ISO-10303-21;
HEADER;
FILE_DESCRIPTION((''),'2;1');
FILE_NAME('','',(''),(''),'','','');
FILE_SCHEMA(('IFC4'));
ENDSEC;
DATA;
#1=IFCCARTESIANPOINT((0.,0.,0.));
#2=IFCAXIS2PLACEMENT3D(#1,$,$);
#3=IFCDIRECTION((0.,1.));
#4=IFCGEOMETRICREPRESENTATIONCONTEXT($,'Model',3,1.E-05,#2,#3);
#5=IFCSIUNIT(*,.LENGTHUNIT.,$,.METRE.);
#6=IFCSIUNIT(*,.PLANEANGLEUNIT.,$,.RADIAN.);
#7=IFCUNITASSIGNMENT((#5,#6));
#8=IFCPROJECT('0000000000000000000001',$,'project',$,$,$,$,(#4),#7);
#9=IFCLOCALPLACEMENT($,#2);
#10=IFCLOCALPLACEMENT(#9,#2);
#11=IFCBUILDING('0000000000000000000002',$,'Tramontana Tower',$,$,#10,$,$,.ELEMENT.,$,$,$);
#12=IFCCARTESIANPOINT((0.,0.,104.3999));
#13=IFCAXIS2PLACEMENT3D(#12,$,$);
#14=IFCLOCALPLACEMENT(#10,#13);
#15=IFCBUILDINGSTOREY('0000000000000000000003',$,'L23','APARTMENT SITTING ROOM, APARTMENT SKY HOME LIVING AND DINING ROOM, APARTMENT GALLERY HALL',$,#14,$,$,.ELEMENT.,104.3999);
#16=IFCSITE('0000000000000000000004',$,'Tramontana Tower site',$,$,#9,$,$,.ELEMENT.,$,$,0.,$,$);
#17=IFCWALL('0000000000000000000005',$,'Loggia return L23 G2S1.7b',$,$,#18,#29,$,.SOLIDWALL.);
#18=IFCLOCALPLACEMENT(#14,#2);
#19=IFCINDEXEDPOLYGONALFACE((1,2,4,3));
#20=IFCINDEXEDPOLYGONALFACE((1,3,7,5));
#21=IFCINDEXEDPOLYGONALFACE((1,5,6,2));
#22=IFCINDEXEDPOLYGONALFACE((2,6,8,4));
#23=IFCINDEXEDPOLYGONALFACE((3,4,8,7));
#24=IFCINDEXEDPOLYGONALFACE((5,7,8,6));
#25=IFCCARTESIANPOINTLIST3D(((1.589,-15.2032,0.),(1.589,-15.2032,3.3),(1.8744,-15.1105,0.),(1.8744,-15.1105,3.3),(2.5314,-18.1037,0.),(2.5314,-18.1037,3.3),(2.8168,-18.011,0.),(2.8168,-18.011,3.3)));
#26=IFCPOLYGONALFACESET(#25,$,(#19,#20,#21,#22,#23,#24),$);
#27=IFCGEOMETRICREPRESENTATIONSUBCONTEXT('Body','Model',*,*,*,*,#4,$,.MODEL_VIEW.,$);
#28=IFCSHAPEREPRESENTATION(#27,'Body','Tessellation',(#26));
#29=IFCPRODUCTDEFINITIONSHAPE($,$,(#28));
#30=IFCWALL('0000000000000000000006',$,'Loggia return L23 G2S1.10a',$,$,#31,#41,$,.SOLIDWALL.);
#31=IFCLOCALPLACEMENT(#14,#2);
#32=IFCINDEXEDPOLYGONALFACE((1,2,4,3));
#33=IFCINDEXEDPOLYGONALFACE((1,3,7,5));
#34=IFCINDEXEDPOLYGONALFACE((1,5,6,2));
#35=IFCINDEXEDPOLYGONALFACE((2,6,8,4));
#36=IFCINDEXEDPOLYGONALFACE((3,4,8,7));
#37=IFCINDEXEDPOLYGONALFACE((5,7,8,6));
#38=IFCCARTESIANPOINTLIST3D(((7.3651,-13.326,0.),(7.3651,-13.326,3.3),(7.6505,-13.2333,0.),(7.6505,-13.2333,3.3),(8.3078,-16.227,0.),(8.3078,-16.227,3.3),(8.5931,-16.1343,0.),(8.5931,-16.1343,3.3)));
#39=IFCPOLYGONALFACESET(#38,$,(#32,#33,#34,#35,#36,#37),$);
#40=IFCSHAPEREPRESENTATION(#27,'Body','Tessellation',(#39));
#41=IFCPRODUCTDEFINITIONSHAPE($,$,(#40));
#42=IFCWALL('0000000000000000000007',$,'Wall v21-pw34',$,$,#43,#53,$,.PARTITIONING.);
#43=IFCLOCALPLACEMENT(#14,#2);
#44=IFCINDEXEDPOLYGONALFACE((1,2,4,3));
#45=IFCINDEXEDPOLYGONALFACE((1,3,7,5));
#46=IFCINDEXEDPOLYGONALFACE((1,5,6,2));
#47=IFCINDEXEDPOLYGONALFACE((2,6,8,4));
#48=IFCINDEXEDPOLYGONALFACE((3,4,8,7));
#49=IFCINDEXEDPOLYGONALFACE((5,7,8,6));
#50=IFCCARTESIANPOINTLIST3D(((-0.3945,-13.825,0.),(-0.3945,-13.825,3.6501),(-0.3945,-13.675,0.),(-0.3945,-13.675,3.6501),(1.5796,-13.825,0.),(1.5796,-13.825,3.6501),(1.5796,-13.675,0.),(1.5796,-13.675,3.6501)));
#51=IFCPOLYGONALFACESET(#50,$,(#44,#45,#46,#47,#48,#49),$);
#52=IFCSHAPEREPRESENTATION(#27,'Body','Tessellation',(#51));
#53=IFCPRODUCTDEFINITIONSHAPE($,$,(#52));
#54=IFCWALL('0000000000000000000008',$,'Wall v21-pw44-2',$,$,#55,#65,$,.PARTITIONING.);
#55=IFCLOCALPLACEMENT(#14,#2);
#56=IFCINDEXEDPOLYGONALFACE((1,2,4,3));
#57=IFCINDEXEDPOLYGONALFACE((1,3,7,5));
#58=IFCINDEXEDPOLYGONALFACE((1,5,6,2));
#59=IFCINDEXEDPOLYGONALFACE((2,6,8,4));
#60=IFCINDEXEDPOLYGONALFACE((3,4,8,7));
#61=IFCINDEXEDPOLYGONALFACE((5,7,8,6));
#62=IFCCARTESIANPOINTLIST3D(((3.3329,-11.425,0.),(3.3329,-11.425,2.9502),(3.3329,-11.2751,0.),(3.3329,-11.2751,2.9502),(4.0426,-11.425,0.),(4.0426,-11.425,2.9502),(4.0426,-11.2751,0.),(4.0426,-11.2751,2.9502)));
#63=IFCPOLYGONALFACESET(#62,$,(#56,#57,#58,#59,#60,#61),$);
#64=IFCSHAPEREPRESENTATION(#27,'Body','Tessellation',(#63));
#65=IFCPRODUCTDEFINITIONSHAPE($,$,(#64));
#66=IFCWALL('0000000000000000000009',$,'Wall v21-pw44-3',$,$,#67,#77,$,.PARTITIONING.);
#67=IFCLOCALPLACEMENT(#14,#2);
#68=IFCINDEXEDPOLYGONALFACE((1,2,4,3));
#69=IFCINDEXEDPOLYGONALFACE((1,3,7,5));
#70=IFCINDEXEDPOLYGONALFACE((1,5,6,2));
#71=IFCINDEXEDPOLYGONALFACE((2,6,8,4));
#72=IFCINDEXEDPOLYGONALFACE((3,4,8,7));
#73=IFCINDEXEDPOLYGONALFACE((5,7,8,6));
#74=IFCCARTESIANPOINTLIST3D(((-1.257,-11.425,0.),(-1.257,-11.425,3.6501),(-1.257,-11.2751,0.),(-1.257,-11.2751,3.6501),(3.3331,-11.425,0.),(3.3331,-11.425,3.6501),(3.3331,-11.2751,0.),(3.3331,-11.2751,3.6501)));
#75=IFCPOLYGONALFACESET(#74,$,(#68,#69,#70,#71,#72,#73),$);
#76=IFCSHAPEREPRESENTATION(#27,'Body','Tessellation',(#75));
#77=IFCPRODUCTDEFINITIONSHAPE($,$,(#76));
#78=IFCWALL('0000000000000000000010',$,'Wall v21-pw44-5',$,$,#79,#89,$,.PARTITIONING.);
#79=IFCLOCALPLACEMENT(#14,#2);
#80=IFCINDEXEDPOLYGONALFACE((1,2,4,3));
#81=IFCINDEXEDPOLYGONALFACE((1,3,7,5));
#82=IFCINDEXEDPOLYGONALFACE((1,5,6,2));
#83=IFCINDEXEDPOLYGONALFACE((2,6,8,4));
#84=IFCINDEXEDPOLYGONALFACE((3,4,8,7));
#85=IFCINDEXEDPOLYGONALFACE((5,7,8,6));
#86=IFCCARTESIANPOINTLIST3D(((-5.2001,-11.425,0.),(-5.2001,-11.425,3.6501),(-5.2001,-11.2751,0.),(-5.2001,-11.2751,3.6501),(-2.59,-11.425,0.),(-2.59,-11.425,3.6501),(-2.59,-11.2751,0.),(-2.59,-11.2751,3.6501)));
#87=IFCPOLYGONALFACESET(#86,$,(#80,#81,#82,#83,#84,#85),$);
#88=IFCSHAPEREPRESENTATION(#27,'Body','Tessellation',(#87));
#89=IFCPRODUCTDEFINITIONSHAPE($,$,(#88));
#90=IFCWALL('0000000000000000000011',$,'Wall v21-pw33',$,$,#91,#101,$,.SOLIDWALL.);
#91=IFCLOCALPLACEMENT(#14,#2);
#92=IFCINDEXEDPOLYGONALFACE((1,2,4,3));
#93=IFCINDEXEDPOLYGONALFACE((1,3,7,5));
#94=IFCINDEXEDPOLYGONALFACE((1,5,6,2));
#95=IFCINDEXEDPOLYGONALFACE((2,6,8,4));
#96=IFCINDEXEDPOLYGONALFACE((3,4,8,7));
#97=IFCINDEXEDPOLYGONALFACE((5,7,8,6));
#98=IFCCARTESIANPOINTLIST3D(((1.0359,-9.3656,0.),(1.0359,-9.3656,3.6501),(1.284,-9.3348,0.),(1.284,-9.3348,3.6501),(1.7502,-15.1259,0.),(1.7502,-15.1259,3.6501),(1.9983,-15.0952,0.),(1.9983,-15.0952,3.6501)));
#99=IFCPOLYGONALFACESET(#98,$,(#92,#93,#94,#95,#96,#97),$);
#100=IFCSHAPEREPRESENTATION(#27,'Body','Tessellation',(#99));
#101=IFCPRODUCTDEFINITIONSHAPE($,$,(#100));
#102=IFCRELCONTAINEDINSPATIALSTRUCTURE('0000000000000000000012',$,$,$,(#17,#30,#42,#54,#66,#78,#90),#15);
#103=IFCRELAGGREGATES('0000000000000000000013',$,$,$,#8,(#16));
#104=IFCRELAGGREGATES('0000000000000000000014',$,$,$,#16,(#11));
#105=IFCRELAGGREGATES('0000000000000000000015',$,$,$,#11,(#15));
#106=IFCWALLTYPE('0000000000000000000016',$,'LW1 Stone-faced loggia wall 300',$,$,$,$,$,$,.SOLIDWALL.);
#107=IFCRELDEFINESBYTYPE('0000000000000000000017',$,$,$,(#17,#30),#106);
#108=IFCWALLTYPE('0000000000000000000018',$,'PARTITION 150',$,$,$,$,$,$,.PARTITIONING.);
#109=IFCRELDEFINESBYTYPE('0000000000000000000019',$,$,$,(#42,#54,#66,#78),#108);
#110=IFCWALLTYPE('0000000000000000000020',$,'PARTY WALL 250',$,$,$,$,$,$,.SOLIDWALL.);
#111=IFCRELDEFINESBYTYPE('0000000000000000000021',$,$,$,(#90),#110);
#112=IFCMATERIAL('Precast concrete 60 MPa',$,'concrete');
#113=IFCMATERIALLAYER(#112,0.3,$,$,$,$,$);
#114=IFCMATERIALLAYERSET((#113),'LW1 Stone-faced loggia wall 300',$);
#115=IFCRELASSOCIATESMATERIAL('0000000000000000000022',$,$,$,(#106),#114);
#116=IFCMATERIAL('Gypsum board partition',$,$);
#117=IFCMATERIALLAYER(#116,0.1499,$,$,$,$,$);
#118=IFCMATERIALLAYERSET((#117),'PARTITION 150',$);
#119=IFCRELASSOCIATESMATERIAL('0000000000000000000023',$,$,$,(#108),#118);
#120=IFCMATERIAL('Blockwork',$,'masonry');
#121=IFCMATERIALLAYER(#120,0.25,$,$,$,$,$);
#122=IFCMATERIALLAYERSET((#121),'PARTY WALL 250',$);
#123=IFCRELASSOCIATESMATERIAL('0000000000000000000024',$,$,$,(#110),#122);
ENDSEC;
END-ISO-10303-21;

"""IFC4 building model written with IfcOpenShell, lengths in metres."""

from ifc_helpers import new_model, si_unit, direction, frame, frame_2d, origin, place, context, subcontext, project, spatial, rectangle, extrude, material, layer, layer_set, type_object, element, save


model = new_model("IFC4")

# Units and contexts
model_context = context("Model", 3, precision=1e-05, world=origin(), true_north=direction((0.0, 1.0)))
body_context = subcontext(model_context, "Body", "Model", "MODEL_VIEW")
ifc_project = project(units=[si_unit("LENGTHUNIT", "METRE"), si_unit("PLANEANGLEUNIT", "RADIAN")], contexts=[model_context])

# Site, building, storey
site_placement = place(None, origin())
site = spatial("IfcSite", under=ifc_project, at=site_placement, Name="Tramontana Tower site", CompositionType="ELEMENT", RefElevation=0.0)
building_placement = place(site_placement, origin())
building = spatial("IfcBuilding", under=site, at=building_placement, Name="Tramontana Tower", CompositionType="ELEMENT")
storey_placement = place(building_placement, frame((0.0, 0.0, 104.3999)))
storey = spatial("IfcBuildingStorey", under=building, at=storey_placement, Name="L23", Description="APARTMENT SITTING ROOM, APARTMENT SKY HOME LIVING AND DINING ROOM, APARTMENT GALLERY HALL", CompositionType="ELEMENT", Elevation=104.3999)

# Shared definitions
ifc_material_1 = material(Name="Precast concrete 60 MPa", Category="concrete")
ifc_layer_1 = layer(ifc_material_1, 0.3)
ifc_layer_set_1 = layer_set([ifc_layer_1], Name="LW1 Stone-faced loggia wall 300")
wall_type_1 = type_object("IfcWallType", Name="LW1 Stone-faced loggia wall 300", PredefinedType="SOLIDWALL", material=ifc_layer_set_1)

# Wall
wall_1_placement = place(storey_placement, frame((2.6741, -18.0574, 0.0), z_axis=(0.0, 0.0, 1.0), x_axis=(-0.30899, 0.951065, 0.0)))
element("IfcWall", 1, at=wall_1_placement, inside=storey, type_object=wall_type_1, Name="Loggia return L23 G2S1.7b", PredefinedType="SOLIDWALL", context=body_context, shape_type="SweptSolid", body=[
    extrude(rectangle(XDim=3.0498, YDim=0.3, at=frame_2d((1.5249, 0.0))), origin(), (0.0, 0.0, 1.0), 3.3),
])

# Wall
wall_2_placement = place(storey_placement, frame((8.4504, -16.1807, 0.0), z_axis=(0.0, 0.0, 1.0), x_axis=(-0.309039, 0.951049, 0.0)))
element("IfcWall", 2, at=wall_2_placement, inside=storey, type_object=wall_type_1, Name="Loggia return L23 G2S1.10a", PredefinedType="SOLIDWALL", context=body_context, shape_type="SweptSolid", body=[
    extrude(rectangle(XDim=3.0503, YDim=0.3, at=frame_2d((1.5251, 0.0))), origin(), (0.0, 0.0, 1.0), 3.3),
])

# Shared definitions
ifc_material_2 = material(Name="Gypsum board partition")
ifc_layer_2 = layer(ifc_material_2, 0.1499)
ifc_layer_set_2 = layer_set([ifc_layer_2], Name="PARTITION 150")
wall_type_2 = type_object("IfcWallType", Name="PARTITION 150", PredefinedType="PARTITIONING", material=ifc_layer_set_2)

# Walls
wall_3_placement = place(storey_placement, frame((1.5796, -13.75, 0.0), z_axis=(0.0, 0.0, 1.0), x_axis=(-1.0, 0.0, 0.0)))
element("IfcWall", 3, at=wall_3_placement, inside=storey, type_object=wall_type_2, Name="Wall v21-pw34", PredefinedType="PARTITIONING", context=body_context, shape_type="SweptSolid", body=[
    extrude(rectangle(XDim=1.9741, YDim=0.1499, at=frame_2d((0.9871, 0.0))), origin(), (0.0, 0.0, 1.0), 3.6501),
])
wall_4_placement = place(storey_placement, frame((4.0427, -11.3501, 0.0), z_axis=(0.0, 0.0, 1.0), x_axis=(-1.0, 0.0, 0.0)))
element("IfcWall", 4, at=wall_4_placement, inside=storey, type_object=wall_type_2, Name="Wall v21-pw44-2", PredefinedType="PARTITIONING", context=body_context, shape_type="SweptSolid", body=[
    extrude(rectangle(XDim=0.7097, YDim=0.1499, at=frame_2d((0.355, 0.0))), origin(), (0.0, 0.0, 1.0), 2.9502),
])
wall_5_placement = place(storey_placement, frame((3.333, -11.3501, 0.0), z_axis=(0.0, 0.0, 1.0), x_axis=(-1.0, 0.0, 0.0)))
element("IfcWall", 5, at=wall_5_placement, inside=storey, type_object=wall_type_2, Name="Wall v21-pw44-3", PredefinedType="PARTITIONING", context=body_context, shape_type="SweptSolid", body=[
    extrude(rectangle(XDim=4.5901, YDim=0.1499, at=frame_2d((2.2949, 0.0))), origin(), (0.0, 0.0, 1.0), 3.6501),
])

# Walls
wall_6_placement = place(storey_placement, frame((-2.5898, -11.3501, 0.0), z_axis=(0.0, 0.0, 1.0), x_axis=(-1.0, 0.0, 0.0)))
element("IfcWall", 6, at=wall_6_placement, inside=storey, type_object=wall_type_2, Name="Wall v21-pw44-5", PredefinedType="PARTITIONING", context=body_context, shape_type="SweptSolid", body=[
    extrude(rectangle(XDim=2.6101, YDim=0.1499, at=frame_2d((1.3052, 0.0))), origin(), (0.0, 0.0, 1.0), 3.6501),
])
ifc_material_3 = material(Name="Blockwork", Category="masonry")
ifc_layer_3 = layer(ifc_material_3, 0.25)
ifc_layer_set_3 = layer_set([ifc_layer_3], Name="PARTY WALL 250")
wall_type_3 = type_object("IfcWallType", Name="PARTY WALL 250", PredefinedType="SOLIDWALL", material=ifc_layer_set_3)
wall_7_placement = place(storey_placement, frame((1.1599, -9.3501, 0.0), z_axis=(0.0, 0.0, 1.0), x_axis=(0.123072, -0.992398, 0.0)))
element("IfcWall", 7, at=wall_7_placement, inside=storey, type_object=wall_type_3, Name="Wall v21-pw33", PredefinedType="SOLIDWALL", context=body_context, shape_type="SweptSolid", body=[
    extrude(rectangle(XDim=5.8044, YDim=0.25, at=frame_2d((2.9023, 0.0))), origin(), (0.0, 0.0, 1.0), 3.6501),
])

save(model, "model.ifc")
